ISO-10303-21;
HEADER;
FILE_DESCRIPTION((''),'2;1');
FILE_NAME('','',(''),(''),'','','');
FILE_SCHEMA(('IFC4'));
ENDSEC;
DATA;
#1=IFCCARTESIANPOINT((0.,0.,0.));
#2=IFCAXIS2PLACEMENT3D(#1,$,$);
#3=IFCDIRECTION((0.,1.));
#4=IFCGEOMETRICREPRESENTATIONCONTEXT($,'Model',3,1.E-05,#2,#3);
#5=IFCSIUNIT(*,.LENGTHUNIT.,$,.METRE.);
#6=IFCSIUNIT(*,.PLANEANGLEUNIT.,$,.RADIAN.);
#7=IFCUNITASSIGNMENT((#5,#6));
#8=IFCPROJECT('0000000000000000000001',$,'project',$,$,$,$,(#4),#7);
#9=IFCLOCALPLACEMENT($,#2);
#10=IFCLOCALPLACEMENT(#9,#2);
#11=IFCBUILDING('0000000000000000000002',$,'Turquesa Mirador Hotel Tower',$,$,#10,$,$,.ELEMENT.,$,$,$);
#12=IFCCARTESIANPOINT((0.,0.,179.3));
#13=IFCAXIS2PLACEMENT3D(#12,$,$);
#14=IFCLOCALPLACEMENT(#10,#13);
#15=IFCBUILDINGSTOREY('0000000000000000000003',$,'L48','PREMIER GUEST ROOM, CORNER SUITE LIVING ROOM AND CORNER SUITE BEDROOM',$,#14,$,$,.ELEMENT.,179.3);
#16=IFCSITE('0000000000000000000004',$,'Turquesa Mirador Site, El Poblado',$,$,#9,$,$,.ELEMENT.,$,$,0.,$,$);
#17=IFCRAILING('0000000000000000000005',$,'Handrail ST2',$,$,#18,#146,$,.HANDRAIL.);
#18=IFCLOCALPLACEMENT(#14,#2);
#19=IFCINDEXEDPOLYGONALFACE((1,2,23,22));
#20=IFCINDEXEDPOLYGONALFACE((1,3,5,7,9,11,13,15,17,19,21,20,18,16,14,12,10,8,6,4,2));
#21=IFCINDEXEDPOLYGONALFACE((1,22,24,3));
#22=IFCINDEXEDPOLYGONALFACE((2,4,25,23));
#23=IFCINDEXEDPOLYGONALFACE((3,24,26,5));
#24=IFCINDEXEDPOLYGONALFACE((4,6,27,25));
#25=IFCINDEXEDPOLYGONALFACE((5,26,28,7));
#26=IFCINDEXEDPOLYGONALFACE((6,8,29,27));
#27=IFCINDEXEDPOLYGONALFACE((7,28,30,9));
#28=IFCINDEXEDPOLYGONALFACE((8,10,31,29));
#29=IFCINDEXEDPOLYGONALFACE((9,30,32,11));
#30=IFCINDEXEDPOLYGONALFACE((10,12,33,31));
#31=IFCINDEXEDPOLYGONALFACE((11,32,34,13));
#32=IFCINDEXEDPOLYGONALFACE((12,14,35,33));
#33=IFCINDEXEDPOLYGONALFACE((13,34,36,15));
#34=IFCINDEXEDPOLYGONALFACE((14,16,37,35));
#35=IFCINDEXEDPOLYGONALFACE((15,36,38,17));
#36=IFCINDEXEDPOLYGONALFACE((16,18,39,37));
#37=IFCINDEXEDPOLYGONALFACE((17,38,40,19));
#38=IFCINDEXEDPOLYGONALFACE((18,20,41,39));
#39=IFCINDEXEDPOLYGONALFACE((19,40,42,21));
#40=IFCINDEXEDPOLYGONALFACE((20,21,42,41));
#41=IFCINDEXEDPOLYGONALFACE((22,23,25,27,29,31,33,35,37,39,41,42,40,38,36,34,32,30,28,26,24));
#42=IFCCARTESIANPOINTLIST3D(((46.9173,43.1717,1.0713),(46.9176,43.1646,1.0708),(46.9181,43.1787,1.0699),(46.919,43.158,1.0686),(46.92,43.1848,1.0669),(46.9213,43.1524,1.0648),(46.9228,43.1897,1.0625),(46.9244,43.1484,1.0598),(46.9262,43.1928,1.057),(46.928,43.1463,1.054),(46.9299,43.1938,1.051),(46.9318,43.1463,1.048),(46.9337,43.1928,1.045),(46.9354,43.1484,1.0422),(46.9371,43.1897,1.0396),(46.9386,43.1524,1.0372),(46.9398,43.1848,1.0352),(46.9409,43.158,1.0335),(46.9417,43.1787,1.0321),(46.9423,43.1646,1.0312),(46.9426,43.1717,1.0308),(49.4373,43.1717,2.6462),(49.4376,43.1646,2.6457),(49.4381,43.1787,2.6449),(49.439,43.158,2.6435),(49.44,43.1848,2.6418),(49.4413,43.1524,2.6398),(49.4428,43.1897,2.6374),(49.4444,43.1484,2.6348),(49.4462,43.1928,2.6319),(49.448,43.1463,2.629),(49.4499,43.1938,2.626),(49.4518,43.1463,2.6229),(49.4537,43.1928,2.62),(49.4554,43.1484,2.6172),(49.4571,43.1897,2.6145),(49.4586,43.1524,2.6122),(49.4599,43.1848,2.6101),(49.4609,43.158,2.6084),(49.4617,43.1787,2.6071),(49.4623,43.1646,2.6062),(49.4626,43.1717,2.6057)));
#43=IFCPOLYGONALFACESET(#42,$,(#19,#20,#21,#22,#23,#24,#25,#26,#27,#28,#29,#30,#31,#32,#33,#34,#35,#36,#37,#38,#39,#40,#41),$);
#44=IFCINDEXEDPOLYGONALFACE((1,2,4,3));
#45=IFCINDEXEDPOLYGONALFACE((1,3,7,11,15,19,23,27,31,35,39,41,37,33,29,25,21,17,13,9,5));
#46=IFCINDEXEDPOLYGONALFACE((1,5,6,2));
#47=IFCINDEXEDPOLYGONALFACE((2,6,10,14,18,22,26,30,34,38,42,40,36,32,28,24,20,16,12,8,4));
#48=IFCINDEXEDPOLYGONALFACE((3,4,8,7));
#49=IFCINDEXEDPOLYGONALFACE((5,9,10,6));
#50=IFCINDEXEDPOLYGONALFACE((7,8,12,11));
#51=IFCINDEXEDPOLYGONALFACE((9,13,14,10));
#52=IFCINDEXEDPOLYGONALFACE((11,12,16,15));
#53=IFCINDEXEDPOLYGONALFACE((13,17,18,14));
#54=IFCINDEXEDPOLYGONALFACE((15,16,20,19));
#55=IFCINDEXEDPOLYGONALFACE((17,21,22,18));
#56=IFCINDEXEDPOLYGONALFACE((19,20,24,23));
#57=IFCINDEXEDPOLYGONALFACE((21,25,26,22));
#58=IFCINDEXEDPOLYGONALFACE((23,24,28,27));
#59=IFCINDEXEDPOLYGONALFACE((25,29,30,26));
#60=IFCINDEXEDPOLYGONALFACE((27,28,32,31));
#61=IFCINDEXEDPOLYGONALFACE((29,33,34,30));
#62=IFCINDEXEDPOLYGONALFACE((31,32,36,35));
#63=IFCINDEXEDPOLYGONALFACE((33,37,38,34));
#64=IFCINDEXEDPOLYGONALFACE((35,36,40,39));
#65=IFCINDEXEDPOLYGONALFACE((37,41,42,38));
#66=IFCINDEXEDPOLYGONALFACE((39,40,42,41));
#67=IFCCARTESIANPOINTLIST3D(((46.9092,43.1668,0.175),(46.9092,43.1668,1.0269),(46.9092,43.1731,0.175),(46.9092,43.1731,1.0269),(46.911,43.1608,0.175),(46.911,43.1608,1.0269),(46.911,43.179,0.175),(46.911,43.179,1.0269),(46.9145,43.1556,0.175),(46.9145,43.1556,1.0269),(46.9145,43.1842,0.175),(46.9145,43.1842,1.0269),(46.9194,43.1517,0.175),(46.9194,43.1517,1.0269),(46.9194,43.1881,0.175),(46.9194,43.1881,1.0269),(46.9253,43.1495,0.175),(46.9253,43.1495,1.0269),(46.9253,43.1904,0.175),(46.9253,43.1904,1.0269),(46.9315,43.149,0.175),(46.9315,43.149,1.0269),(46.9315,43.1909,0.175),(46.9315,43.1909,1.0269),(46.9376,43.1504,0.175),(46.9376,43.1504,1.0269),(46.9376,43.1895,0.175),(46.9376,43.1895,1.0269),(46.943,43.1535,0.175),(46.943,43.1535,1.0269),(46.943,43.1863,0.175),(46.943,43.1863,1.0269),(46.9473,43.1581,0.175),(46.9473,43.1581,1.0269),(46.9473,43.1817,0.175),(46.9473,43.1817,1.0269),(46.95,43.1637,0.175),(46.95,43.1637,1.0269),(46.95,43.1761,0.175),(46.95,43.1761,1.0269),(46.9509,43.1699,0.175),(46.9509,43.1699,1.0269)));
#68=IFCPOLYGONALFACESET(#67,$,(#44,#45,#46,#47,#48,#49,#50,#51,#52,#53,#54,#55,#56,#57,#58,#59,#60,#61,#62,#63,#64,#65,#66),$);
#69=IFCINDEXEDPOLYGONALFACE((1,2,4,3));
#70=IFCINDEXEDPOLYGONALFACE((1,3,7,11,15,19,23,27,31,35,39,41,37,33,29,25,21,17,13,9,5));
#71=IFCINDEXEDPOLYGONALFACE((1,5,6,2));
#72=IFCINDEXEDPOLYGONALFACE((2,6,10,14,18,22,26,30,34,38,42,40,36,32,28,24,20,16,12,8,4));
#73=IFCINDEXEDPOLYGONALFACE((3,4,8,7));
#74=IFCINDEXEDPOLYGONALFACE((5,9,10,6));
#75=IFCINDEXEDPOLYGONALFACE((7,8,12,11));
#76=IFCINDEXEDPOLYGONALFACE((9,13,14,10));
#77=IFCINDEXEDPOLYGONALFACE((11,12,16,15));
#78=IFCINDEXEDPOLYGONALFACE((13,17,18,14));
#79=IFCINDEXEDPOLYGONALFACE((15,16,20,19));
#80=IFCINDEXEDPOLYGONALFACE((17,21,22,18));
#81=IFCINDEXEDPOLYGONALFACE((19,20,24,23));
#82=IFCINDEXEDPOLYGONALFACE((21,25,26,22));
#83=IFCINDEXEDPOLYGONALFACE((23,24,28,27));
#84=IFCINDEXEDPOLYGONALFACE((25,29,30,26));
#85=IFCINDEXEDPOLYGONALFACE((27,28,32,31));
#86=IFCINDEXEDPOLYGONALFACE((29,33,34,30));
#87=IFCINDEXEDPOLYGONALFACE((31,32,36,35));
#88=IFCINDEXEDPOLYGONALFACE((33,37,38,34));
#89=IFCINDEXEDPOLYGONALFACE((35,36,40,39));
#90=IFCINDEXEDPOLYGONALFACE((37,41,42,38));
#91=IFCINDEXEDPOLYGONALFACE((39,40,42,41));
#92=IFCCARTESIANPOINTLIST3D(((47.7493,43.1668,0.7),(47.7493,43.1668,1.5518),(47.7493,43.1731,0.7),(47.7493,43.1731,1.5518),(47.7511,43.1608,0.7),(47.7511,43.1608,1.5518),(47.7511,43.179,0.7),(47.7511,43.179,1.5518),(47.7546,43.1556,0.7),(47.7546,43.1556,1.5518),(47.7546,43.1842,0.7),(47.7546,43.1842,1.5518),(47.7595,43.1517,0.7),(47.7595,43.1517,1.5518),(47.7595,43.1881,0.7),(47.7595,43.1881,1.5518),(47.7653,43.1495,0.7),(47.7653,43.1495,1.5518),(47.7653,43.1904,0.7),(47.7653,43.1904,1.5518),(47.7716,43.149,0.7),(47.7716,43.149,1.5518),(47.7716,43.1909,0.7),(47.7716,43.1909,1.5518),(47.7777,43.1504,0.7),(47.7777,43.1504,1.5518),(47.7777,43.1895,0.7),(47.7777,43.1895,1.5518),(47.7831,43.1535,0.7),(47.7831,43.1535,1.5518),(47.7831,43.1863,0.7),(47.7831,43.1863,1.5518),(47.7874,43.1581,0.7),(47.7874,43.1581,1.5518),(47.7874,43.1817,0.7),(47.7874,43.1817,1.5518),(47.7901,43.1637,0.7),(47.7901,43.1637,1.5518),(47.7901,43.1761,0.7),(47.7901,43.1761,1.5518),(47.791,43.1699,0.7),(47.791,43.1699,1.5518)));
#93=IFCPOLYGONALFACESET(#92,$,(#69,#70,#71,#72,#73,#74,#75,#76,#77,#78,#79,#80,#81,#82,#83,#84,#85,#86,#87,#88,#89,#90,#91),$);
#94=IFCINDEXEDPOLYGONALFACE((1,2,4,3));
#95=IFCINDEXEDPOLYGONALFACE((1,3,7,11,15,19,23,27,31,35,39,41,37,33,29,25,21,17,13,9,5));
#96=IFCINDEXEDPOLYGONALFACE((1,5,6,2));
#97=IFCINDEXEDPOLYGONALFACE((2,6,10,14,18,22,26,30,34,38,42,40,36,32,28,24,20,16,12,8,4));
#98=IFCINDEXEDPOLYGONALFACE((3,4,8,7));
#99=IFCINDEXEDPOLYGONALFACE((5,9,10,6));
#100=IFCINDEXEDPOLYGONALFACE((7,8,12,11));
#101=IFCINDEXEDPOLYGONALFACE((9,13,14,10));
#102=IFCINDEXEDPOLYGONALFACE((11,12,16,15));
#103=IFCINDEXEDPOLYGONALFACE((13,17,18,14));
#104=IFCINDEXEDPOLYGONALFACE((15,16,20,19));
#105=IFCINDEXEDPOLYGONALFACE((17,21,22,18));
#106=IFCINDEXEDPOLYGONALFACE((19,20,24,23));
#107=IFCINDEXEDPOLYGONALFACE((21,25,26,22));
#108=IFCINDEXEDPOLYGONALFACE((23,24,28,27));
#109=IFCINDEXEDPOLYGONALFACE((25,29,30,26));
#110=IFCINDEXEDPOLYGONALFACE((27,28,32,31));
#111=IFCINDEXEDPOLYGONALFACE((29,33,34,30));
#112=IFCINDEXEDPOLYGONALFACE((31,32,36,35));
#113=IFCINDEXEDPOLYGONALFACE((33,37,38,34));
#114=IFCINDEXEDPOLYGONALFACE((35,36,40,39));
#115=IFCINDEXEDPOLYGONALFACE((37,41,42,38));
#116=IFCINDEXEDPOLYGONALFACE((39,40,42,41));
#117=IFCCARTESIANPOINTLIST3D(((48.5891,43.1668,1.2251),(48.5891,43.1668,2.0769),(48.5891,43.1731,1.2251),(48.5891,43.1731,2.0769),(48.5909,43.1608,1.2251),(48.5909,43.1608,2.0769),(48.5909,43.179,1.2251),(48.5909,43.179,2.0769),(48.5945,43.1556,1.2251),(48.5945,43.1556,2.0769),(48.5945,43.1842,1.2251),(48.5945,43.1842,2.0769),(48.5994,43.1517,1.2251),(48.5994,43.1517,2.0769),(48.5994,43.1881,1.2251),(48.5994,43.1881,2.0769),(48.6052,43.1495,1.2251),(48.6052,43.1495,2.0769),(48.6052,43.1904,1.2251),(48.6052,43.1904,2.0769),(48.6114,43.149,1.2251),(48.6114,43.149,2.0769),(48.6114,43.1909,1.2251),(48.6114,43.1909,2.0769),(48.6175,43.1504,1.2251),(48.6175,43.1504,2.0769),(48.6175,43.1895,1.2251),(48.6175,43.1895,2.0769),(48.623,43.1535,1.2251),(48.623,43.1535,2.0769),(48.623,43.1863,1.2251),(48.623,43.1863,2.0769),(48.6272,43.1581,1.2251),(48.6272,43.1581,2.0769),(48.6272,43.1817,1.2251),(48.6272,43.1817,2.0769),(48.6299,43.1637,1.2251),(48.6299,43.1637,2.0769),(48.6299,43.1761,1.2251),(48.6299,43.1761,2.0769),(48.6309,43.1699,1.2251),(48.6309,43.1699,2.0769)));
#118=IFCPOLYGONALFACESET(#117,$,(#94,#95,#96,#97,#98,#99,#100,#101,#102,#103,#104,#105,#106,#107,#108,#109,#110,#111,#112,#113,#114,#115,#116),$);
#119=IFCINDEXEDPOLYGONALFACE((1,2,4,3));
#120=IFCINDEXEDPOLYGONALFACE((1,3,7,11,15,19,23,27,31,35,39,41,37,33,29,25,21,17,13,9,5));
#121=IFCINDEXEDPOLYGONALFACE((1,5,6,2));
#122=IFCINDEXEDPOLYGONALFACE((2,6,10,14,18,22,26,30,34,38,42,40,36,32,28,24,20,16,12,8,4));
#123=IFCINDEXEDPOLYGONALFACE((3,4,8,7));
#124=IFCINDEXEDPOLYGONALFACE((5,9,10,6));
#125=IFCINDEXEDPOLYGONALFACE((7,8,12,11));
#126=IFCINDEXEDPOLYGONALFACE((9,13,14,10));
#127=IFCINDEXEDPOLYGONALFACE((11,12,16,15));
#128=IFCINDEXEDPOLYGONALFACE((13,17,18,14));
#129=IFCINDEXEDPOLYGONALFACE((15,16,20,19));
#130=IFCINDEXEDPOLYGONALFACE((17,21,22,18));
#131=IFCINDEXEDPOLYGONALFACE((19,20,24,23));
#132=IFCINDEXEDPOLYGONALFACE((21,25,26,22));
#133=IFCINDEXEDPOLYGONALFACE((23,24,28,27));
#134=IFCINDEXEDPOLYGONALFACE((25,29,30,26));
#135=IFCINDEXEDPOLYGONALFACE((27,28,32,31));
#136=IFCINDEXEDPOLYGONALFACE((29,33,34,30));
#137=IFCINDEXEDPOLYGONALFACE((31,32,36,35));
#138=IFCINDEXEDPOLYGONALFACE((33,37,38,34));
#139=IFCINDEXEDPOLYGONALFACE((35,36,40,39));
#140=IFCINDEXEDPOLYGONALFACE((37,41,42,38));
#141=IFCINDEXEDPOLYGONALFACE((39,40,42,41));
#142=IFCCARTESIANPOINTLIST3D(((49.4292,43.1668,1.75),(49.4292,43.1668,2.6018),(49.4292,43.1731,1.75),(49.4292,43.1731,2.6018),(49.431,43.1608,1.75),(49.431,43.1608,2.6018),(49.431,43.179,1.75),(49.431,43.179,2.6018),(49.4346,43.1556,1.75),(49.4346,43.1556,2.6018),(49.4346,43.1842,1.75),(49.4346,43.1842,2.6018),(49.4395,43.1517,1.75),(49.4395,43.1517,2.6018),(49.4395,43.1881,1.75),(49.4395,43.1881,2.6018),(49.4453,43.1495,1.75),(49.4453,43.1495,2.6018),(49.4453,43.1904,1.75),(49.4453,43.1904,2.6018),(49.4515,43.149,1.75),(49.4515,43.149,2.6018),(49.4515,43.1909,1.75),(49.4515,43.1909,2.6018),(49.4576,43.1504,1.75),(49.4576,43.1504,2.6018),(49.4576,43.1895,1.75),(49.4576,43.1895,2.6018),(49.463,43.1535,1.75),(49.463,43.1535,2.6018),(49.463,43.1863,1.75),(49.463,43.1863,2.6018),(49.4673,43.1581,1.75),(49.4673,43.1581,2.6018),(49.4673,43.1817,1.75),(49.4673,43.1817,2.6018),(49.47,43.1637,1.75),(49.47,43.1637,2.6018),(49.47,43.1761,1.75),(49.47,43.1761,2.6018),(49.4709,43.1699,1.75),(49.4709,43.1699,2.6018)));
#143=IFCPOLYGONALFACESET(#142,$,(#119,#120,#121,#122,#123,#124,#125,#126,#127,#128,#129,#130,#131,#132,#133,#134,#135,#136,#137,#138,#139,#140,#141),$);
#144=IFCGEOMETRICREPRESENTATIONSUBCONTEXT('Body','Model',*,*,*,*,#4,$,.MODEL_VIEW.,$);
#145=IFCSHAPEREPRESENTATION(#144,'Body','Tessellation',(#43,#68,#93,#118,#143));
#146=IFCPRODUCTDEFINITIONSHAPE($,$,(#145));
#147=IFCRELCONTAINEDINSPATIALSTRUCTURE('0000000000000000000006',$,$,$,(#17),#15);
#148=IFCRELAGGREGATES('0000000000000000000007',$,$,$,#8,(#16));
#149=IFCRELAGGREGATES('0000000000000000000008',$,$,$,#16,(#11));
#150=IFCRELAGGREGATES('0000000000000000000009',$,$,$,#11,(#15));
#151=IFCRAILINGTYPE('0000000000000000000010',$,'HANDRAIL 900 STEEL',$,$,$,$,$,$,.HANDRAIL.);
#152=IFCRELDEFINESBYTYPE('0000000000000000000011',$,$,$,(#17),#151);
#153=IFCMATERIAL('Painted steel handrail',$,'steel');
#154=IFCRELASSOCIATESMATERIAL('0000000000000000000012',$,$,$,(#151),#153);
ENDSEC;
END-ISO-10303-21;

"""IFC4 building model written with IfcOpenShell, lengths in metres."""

from ifc_helpers import new_model, si_unit, direction, frame, origin, origin_2d, place, context, subcontext, project, spatial, circle, extrude, material, type_object, element, save


model = new_model("IFC4")

# Units and contexts
model_context = context("Model", 3, precision=1e-05, world=origin(), true_north=direction((0.0, 1.0)))
body_context = subcontext(model_context, "Body", "Model", "MODEL_VIEW")
ifc_project = project(units=[si_unit("LENGTHUNIT", "METRE"), si_unit("PLANEANGLEUNIT", "RADIAN")], contexts=[model_context])

# Site, building, storey
site_placement = place(None, origin())
site = spatial("IfcSite", under=ifc_project, at=site_placement, Name="Turquesa Mirador Site, El Poblado", CompositionType="ELEMENT", RefElevation=0.0)
building_placement = place(site_placement, origin())
building = spatial("IfcBuilding", under=site, at=building_placement, Name="Turquesa Mirador Hotel Tower", CompositionType="ELEMENT")
storey_placement = place(building_placement, frame((0.0, 0.0, 179.3)))
storey = spatial("IfcBuildingStorey", under=building, at=storey_placement, Name="L48", Description="PREMIER GUEST ROOM, CORNER SUITE LIVING ROOM AND CORNER SUITE BEDROOM", CompositionType="ELEMENT", Elevation=179.3)

# Railing
ifc_material_1 = material(Name="Painted steel handrail", Category="steel")
railing_type = type_object("IfcRailingType", Name="HANDRAIL 900 STEEL", PredefinedType="HANDRAIL", material=ifc_material_1)
for number, where, name in (
    (1, (46.9299, 43.1699, 0.175), "Handrail ST2"),
):
    element("IfcRailing", number, at=place(storey_placement, frame(where)), inside=storey, type_object=railing_type, Name=name, PredefinedType="HANDRAIL", context=body_context, shape_type="SweptSolid", body=[
        extrude(circle(Radius=0.0239, at=origin_2d()), frame((0.0, 0.0, 0.876), z_axis=(0.848008, 0.0, 0.529984), x_axis=(0.0, 1.0, 0.0)), (0.0, 0.0, 1.0), 2.9717),
        extrude(circle(Radius=0.021, at=origin_2d()), origin(), (0.0, 0.0, 1.0), 0.8518),
        extrude(circle(Radius=0.021, at=origin_2d()), frame((0.8401, 0.0, 0.5249)), (0.0, 0.0, 1.0), 0.8518),
        extrude(circle(Radius=0.021, at=origin_2d()), frame((1.6799, 0.0, 1.05)), (0.0, 0.0, 1.0), 0.8518),
        extrude(circle(Radius=0.021, at=origin_2d()), frame((2.52, 0.0, 1.575)), (0.0, 0.0, 1.0), 0.8518),
    ])

save(model, "model.ifc")
